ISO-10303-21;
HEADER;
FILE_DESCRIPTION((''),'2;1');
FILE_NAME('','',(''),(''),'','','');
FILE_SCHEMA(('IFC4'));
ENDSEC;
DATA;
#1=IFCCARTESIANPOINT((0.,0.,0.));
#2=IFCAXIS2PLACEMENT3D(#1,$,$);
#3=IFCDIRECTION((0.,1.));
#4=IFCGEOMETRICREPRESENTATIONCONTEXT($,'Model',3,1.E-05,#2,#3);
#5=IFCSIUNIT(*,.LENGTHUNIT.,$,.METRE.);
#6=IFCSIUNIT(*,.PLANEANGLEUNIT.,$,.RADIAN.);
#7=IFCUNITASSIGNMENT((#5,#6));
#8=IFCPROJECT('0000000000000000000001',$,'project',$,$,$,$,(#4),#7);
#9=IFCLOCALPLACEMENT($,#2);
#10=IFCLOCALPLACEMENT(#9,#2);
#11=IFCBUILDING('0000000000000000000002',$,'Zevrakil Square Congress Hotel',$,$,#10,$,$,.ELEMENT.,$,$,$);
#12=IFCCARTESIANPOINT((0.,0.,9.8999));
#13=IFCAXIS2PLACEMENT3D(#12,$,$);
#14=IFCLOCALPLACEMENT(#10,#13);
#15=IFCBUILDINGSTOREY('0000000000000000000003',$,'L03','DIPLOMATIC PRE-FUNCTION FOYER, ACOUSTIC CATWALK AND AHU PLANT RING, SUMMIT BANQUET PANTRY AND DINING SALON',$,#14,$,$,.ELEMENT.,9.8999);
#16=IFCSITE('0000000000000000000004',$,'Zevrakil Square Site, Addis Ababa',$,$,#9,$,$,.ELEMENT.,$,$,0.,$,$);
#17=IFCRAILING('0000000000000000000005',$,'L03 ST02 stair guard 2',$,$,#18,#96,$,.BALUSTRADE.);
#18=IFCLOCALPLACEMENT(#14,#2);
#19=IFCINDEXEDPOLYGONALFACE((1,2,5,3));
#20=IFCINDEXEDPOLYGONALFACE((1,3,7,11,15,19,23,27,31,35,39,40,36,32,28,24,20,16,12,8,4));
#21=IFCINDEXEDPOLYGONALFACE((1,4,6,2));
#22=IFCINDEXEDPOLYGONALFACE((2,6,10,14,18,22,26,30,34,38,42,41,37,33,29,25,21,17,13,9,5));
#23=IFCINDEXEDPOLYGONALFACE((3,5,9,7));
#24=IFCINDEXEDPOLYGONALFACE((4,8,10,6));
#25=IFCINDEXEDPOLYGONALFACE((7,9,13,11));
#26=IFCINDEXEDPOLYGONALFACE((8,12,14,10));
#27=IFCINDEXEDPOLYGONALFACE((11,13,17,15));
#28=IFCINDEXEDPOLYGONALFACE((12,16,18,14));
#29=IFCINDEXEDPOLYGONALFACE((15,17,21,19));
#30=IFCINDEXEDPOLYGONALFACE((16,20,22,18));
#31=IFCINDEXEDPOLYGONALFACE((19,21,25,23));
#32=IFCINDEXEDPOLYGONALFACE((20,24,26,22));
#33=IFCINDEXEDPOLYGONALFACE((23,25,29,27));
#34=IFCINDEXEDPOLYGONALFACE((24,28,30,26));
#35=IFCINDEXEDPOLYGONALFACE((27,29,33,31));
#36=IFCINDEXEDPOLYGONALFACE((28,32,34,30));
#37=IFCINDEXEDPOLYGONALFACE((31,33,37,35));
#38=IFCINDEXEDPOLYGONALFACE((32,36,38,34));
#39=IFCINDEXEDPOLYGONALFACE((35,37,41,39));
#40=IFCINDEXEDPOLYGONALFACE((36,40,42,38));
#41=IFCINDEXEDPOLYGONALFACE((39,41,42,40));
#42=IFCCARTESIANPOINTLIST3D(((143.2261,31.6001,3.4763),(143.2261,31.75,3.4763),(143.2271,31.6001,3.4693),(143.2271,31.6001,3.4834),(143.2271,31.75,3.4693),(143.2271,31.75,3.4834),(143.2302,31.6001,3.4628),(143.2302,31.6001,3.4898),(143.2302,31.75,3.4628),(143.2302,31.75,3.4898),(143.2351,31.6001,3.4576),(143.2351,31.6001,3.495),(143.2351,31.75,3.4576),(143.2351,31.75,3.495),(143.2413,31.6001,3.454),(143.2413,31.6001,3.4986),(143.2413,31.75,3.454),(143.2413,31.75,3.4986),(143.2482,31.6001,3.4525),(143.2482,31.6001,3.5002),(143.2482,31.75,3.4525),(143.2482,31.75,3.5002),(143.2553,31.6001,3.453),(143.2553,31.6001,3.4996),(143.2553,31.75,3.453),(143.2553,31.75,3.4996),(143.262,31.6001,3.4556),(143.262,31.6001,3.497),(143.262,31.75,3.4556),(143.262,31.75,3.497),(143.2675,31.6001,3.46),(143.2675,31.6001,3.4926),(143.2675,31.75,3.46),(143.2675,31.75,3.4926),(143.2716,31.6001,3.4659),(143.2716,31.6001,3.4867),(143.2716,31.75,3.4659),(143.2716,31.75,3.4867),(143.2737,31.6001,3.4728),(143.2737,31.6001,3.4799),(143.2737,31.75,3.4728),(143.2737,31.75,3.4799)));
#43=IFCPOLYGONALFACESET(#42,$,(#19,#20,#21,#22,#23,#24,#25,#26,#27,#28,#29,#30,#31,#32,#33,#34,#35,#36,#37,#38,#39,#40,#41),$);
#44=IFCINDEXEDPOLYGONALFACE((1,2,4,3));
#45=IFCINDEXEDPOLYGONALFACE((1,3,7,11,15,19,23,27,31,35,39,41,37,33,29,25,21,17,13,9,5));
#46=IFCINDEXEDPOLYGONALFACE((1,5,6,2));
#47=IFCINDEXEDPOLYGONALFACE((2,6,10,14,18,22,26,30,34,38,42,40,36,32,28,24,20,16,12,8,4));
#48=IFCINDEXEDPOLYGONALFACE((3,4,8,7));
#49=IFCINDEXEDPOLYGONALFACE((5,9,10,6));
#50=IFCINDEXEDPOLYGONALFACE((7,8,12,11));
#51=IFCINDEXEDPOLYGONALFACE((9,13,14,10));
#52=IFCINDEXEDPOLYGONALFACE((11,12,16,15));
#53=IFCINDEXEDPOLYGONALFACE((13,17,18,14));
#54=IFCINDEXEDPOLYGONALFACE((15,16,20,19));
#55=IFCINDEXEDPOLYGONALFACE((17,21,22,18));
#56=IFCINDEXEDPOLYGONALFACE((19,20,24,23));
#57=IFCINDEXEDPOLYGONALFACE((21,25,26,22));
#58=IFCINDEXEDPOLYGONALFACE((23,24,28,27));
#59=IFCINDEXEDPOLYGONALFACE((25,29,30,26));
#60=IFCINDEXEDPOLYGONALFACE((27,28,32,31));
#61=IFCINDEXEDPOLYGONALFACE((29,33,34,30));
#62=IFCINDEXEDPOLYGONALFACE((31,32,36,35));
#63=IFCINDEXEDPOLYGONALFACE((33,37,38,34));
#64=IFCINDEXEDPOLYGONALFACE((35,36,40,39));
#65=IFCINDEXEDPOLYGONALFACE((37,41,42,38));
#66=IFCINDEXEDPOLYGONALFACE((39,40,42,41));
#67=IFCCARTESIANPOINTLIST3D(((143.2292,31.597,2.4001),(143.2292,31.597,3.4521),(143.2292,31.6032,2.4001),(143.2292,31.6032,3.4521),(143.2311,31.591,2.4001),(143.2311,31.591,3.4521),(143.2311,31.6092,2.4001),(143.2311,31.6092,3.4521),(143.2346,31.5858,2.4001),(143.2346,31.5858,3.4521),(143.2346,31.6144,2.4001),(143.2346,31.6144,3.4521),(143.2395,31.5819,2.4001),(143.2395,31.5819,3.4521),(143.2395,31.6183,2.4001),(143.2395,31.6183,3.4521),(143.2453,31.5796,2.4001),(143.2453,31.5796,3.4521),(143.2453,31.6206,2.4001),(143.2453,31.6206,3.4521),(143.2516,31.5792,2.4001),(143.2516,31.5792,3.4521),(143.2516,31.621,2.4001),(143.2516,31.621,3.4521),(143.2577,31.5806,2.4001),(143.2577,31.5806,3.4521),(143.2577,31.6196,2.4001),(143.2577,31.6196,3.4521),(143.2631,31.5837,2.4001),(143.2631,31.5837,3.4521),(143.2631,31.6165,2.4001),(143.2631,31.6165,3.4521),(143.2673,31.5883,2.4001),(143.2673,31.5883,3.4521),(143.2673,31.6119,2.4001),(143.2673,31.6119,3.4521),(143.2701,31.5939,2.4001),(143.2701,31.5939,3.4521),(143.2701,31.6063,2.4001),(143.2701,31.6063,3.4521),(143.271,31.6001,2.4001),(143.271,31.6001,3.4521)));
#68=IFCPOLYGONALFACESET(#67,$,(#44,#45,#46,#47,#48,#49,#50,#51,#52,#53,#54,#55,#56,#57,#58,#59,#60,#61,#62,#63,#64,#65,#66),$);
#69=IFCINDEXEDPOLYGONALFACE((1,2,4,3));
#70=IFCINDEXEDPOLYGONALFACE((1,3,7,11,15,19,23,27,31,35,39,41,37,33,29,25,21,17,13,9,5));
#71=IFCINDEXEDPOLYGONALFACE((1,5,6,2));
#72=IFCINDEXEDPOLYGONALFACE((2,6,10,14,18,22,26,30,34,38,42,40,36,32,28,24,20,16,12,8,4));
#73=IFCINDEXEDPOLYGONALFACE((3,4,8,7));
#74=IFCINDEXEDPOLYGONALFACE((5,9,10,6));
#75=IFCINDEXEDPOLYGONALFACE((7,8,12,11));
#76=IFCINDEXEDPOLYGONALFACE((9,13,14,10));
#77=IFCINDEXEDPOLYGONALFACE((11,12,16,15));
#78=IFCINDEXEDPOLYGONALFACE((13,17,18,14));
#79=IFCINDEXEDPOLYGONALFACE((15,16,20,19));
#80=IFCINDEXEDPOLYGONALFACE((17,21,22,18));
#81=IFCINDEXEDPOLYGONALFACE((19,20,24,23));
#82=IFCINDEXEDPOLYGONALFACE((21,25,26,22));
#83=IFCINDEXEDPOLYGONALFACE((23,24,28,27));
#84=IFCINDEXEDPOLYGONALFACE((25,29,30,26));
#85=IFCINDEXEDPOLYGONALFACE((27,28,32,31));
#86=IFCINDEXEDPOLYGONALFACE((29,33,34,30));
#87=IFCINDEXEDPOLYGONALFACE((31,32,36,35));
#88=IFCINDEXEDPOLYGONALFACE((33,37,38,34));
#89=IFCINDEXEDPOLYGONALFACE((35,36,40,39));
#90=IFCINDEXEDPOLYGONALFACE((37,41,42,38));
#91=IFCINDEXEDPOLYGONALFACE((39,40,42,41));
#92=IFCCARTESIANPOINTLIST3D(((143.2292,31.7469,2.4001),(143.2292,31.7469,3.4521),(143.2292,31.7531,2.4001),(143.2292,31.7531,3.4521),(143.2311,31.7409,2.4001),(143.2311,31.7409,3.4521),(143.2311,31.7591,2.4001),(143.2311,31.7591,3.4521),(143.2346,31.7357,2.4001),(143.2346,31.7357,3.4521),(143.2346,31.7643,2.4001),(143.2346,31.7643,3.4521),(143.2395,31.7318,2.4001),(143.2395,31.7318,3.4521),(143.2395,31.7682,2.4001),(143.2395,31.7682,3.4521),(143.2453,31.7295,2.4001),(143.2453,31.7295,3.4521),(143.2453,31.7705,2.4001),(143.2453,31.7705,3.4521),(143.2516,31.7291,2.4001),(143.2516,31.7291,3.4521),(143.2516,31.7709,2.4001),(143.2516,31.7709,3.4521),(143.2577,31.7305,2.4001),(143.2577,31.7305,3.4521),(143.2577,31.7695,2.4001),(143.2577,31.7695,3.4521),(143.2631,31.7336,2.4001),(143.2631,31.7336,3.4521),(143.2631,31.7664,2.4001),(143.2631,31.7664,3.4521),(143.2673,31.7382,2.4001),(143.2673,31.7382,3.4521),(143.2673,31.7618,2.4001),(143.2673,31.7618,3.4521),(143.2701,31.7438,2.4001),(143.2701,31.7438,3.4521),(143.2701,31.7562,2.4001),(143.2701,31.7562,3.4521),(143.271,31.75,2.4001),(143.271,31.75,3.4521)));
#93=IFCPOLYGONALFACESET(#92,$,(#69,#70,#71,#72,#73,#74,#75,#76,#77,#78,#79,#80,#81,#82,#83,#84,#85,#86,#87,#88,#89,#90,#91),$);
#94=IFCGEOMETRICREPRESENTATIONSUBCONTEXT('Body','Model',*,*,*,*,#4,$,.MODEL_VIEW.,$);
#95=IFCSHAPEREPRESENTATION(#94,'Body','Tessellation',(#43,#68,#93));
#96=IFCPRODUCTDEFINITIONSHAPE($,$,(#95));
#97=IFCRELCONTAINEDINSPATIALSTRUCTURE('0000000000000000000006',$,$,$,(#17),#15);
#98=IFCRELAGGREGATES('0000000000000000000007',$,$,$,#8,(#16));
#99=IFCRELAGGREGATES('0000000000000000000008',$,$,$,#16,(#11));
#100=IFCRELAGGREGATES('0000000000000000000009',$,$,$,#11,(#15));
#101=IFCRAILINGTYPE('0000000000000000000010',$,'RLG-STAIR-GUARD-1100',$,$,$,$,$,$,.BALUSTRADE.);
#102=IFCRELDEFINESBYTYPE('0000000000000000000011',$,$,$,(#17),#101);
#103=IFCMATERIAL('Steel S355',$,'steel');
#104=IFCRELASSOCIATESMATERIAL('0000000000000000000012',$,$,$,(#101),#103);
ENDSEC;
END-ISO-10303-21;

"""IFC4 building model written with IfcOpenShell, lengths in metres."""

from ifc_helpers import new_model, si_unit, direction, frame, origin, origin_2d, place, context, subcontext, project, spatial, circle, extrude, material, type_object, element, save


model = new_model("IFC4")

# Units and contexts
model_context = context("Model", 3, precision=1e-05, world=origin(), true_north=direction((0.0, 1.0)))
body_context = subcontext(model_context, "Body", "Model", "MODEL_VIEW")
ifc_project = project(units=[si_unit("LENGTHUNIT", "METRE"), si_unit("PLANEANGLEUNIT", "RADIAN")], contexts=[model_context])

# Site, building, storey
site_placement = place(None, origin())
site = spatial("IfcSite", under=ifc_project, at=site_placement, Name="Zevrakil Square Site, Addis Ababa", CompositionType="ELEMENT", RefElevation=0.0)
building_placement = place(site_placement, origin())
building = spatial("IfcBuilding", under=site, at=building_placement, Name="Zevrakil Square Congress Hotel", CompositionType="ELEMENT")
storey_placement = place(building_placement, frame((0.0, 0.0, 9.8999)))
storey = spatial("IfcBuildingStorey", under=building, at=storey_placement, Name="L03", Description="DIPLOMATIC PRE-FUNCTION FOYER, ACOUSTIC CATWALK AND AHU PLANT RING, SUMMIT BANQUET PANTRY AND DINING SALON", CompositionType="ELEMENT", Elevation=9.8999)

# Railing
ifc_material_1 = material(Name="Steel S355", Category="steel")
railing_type_1 = type_object("IfcRailingType", Name="RLG-STAIR-GUARD-1100", PredefinedType="BALUSTRADE", material=ifc_material_1)
railing_1_placement = place(storey_placement, frame((143.25, 31.6001, 2.4001)))
element("IfcRailing", 1, at=railing_1_placement, inside=storey, type_object=railing_type_1, Name="L03 ST02 stair guard 2", PredefinedType="BALUSTRADE", context=body_context, shape_type="SweptSolid", body=[
    extrude(circle(Radius=0.0239, at=origin_2d()), frame((0.0, 0.0, 1.0762), z_axis=(0.0, 1.0, 0.0), x_axis=(-1.0, 0.0, 0.0)), (0.0, 0.0, 1.0), 0.1499),
    extrude(circle(Radius=0.021, at=origin_2d()), origin(), (0.0, 0.0, 1.0), 1.052),
    extrude(circle(Radius=0.021, at=origin_2d()), frame((0.0, 0.1499, 0.0)), (0.0, 0.0, 1.0), 1.052),
])

save(model, "model.ifc")
